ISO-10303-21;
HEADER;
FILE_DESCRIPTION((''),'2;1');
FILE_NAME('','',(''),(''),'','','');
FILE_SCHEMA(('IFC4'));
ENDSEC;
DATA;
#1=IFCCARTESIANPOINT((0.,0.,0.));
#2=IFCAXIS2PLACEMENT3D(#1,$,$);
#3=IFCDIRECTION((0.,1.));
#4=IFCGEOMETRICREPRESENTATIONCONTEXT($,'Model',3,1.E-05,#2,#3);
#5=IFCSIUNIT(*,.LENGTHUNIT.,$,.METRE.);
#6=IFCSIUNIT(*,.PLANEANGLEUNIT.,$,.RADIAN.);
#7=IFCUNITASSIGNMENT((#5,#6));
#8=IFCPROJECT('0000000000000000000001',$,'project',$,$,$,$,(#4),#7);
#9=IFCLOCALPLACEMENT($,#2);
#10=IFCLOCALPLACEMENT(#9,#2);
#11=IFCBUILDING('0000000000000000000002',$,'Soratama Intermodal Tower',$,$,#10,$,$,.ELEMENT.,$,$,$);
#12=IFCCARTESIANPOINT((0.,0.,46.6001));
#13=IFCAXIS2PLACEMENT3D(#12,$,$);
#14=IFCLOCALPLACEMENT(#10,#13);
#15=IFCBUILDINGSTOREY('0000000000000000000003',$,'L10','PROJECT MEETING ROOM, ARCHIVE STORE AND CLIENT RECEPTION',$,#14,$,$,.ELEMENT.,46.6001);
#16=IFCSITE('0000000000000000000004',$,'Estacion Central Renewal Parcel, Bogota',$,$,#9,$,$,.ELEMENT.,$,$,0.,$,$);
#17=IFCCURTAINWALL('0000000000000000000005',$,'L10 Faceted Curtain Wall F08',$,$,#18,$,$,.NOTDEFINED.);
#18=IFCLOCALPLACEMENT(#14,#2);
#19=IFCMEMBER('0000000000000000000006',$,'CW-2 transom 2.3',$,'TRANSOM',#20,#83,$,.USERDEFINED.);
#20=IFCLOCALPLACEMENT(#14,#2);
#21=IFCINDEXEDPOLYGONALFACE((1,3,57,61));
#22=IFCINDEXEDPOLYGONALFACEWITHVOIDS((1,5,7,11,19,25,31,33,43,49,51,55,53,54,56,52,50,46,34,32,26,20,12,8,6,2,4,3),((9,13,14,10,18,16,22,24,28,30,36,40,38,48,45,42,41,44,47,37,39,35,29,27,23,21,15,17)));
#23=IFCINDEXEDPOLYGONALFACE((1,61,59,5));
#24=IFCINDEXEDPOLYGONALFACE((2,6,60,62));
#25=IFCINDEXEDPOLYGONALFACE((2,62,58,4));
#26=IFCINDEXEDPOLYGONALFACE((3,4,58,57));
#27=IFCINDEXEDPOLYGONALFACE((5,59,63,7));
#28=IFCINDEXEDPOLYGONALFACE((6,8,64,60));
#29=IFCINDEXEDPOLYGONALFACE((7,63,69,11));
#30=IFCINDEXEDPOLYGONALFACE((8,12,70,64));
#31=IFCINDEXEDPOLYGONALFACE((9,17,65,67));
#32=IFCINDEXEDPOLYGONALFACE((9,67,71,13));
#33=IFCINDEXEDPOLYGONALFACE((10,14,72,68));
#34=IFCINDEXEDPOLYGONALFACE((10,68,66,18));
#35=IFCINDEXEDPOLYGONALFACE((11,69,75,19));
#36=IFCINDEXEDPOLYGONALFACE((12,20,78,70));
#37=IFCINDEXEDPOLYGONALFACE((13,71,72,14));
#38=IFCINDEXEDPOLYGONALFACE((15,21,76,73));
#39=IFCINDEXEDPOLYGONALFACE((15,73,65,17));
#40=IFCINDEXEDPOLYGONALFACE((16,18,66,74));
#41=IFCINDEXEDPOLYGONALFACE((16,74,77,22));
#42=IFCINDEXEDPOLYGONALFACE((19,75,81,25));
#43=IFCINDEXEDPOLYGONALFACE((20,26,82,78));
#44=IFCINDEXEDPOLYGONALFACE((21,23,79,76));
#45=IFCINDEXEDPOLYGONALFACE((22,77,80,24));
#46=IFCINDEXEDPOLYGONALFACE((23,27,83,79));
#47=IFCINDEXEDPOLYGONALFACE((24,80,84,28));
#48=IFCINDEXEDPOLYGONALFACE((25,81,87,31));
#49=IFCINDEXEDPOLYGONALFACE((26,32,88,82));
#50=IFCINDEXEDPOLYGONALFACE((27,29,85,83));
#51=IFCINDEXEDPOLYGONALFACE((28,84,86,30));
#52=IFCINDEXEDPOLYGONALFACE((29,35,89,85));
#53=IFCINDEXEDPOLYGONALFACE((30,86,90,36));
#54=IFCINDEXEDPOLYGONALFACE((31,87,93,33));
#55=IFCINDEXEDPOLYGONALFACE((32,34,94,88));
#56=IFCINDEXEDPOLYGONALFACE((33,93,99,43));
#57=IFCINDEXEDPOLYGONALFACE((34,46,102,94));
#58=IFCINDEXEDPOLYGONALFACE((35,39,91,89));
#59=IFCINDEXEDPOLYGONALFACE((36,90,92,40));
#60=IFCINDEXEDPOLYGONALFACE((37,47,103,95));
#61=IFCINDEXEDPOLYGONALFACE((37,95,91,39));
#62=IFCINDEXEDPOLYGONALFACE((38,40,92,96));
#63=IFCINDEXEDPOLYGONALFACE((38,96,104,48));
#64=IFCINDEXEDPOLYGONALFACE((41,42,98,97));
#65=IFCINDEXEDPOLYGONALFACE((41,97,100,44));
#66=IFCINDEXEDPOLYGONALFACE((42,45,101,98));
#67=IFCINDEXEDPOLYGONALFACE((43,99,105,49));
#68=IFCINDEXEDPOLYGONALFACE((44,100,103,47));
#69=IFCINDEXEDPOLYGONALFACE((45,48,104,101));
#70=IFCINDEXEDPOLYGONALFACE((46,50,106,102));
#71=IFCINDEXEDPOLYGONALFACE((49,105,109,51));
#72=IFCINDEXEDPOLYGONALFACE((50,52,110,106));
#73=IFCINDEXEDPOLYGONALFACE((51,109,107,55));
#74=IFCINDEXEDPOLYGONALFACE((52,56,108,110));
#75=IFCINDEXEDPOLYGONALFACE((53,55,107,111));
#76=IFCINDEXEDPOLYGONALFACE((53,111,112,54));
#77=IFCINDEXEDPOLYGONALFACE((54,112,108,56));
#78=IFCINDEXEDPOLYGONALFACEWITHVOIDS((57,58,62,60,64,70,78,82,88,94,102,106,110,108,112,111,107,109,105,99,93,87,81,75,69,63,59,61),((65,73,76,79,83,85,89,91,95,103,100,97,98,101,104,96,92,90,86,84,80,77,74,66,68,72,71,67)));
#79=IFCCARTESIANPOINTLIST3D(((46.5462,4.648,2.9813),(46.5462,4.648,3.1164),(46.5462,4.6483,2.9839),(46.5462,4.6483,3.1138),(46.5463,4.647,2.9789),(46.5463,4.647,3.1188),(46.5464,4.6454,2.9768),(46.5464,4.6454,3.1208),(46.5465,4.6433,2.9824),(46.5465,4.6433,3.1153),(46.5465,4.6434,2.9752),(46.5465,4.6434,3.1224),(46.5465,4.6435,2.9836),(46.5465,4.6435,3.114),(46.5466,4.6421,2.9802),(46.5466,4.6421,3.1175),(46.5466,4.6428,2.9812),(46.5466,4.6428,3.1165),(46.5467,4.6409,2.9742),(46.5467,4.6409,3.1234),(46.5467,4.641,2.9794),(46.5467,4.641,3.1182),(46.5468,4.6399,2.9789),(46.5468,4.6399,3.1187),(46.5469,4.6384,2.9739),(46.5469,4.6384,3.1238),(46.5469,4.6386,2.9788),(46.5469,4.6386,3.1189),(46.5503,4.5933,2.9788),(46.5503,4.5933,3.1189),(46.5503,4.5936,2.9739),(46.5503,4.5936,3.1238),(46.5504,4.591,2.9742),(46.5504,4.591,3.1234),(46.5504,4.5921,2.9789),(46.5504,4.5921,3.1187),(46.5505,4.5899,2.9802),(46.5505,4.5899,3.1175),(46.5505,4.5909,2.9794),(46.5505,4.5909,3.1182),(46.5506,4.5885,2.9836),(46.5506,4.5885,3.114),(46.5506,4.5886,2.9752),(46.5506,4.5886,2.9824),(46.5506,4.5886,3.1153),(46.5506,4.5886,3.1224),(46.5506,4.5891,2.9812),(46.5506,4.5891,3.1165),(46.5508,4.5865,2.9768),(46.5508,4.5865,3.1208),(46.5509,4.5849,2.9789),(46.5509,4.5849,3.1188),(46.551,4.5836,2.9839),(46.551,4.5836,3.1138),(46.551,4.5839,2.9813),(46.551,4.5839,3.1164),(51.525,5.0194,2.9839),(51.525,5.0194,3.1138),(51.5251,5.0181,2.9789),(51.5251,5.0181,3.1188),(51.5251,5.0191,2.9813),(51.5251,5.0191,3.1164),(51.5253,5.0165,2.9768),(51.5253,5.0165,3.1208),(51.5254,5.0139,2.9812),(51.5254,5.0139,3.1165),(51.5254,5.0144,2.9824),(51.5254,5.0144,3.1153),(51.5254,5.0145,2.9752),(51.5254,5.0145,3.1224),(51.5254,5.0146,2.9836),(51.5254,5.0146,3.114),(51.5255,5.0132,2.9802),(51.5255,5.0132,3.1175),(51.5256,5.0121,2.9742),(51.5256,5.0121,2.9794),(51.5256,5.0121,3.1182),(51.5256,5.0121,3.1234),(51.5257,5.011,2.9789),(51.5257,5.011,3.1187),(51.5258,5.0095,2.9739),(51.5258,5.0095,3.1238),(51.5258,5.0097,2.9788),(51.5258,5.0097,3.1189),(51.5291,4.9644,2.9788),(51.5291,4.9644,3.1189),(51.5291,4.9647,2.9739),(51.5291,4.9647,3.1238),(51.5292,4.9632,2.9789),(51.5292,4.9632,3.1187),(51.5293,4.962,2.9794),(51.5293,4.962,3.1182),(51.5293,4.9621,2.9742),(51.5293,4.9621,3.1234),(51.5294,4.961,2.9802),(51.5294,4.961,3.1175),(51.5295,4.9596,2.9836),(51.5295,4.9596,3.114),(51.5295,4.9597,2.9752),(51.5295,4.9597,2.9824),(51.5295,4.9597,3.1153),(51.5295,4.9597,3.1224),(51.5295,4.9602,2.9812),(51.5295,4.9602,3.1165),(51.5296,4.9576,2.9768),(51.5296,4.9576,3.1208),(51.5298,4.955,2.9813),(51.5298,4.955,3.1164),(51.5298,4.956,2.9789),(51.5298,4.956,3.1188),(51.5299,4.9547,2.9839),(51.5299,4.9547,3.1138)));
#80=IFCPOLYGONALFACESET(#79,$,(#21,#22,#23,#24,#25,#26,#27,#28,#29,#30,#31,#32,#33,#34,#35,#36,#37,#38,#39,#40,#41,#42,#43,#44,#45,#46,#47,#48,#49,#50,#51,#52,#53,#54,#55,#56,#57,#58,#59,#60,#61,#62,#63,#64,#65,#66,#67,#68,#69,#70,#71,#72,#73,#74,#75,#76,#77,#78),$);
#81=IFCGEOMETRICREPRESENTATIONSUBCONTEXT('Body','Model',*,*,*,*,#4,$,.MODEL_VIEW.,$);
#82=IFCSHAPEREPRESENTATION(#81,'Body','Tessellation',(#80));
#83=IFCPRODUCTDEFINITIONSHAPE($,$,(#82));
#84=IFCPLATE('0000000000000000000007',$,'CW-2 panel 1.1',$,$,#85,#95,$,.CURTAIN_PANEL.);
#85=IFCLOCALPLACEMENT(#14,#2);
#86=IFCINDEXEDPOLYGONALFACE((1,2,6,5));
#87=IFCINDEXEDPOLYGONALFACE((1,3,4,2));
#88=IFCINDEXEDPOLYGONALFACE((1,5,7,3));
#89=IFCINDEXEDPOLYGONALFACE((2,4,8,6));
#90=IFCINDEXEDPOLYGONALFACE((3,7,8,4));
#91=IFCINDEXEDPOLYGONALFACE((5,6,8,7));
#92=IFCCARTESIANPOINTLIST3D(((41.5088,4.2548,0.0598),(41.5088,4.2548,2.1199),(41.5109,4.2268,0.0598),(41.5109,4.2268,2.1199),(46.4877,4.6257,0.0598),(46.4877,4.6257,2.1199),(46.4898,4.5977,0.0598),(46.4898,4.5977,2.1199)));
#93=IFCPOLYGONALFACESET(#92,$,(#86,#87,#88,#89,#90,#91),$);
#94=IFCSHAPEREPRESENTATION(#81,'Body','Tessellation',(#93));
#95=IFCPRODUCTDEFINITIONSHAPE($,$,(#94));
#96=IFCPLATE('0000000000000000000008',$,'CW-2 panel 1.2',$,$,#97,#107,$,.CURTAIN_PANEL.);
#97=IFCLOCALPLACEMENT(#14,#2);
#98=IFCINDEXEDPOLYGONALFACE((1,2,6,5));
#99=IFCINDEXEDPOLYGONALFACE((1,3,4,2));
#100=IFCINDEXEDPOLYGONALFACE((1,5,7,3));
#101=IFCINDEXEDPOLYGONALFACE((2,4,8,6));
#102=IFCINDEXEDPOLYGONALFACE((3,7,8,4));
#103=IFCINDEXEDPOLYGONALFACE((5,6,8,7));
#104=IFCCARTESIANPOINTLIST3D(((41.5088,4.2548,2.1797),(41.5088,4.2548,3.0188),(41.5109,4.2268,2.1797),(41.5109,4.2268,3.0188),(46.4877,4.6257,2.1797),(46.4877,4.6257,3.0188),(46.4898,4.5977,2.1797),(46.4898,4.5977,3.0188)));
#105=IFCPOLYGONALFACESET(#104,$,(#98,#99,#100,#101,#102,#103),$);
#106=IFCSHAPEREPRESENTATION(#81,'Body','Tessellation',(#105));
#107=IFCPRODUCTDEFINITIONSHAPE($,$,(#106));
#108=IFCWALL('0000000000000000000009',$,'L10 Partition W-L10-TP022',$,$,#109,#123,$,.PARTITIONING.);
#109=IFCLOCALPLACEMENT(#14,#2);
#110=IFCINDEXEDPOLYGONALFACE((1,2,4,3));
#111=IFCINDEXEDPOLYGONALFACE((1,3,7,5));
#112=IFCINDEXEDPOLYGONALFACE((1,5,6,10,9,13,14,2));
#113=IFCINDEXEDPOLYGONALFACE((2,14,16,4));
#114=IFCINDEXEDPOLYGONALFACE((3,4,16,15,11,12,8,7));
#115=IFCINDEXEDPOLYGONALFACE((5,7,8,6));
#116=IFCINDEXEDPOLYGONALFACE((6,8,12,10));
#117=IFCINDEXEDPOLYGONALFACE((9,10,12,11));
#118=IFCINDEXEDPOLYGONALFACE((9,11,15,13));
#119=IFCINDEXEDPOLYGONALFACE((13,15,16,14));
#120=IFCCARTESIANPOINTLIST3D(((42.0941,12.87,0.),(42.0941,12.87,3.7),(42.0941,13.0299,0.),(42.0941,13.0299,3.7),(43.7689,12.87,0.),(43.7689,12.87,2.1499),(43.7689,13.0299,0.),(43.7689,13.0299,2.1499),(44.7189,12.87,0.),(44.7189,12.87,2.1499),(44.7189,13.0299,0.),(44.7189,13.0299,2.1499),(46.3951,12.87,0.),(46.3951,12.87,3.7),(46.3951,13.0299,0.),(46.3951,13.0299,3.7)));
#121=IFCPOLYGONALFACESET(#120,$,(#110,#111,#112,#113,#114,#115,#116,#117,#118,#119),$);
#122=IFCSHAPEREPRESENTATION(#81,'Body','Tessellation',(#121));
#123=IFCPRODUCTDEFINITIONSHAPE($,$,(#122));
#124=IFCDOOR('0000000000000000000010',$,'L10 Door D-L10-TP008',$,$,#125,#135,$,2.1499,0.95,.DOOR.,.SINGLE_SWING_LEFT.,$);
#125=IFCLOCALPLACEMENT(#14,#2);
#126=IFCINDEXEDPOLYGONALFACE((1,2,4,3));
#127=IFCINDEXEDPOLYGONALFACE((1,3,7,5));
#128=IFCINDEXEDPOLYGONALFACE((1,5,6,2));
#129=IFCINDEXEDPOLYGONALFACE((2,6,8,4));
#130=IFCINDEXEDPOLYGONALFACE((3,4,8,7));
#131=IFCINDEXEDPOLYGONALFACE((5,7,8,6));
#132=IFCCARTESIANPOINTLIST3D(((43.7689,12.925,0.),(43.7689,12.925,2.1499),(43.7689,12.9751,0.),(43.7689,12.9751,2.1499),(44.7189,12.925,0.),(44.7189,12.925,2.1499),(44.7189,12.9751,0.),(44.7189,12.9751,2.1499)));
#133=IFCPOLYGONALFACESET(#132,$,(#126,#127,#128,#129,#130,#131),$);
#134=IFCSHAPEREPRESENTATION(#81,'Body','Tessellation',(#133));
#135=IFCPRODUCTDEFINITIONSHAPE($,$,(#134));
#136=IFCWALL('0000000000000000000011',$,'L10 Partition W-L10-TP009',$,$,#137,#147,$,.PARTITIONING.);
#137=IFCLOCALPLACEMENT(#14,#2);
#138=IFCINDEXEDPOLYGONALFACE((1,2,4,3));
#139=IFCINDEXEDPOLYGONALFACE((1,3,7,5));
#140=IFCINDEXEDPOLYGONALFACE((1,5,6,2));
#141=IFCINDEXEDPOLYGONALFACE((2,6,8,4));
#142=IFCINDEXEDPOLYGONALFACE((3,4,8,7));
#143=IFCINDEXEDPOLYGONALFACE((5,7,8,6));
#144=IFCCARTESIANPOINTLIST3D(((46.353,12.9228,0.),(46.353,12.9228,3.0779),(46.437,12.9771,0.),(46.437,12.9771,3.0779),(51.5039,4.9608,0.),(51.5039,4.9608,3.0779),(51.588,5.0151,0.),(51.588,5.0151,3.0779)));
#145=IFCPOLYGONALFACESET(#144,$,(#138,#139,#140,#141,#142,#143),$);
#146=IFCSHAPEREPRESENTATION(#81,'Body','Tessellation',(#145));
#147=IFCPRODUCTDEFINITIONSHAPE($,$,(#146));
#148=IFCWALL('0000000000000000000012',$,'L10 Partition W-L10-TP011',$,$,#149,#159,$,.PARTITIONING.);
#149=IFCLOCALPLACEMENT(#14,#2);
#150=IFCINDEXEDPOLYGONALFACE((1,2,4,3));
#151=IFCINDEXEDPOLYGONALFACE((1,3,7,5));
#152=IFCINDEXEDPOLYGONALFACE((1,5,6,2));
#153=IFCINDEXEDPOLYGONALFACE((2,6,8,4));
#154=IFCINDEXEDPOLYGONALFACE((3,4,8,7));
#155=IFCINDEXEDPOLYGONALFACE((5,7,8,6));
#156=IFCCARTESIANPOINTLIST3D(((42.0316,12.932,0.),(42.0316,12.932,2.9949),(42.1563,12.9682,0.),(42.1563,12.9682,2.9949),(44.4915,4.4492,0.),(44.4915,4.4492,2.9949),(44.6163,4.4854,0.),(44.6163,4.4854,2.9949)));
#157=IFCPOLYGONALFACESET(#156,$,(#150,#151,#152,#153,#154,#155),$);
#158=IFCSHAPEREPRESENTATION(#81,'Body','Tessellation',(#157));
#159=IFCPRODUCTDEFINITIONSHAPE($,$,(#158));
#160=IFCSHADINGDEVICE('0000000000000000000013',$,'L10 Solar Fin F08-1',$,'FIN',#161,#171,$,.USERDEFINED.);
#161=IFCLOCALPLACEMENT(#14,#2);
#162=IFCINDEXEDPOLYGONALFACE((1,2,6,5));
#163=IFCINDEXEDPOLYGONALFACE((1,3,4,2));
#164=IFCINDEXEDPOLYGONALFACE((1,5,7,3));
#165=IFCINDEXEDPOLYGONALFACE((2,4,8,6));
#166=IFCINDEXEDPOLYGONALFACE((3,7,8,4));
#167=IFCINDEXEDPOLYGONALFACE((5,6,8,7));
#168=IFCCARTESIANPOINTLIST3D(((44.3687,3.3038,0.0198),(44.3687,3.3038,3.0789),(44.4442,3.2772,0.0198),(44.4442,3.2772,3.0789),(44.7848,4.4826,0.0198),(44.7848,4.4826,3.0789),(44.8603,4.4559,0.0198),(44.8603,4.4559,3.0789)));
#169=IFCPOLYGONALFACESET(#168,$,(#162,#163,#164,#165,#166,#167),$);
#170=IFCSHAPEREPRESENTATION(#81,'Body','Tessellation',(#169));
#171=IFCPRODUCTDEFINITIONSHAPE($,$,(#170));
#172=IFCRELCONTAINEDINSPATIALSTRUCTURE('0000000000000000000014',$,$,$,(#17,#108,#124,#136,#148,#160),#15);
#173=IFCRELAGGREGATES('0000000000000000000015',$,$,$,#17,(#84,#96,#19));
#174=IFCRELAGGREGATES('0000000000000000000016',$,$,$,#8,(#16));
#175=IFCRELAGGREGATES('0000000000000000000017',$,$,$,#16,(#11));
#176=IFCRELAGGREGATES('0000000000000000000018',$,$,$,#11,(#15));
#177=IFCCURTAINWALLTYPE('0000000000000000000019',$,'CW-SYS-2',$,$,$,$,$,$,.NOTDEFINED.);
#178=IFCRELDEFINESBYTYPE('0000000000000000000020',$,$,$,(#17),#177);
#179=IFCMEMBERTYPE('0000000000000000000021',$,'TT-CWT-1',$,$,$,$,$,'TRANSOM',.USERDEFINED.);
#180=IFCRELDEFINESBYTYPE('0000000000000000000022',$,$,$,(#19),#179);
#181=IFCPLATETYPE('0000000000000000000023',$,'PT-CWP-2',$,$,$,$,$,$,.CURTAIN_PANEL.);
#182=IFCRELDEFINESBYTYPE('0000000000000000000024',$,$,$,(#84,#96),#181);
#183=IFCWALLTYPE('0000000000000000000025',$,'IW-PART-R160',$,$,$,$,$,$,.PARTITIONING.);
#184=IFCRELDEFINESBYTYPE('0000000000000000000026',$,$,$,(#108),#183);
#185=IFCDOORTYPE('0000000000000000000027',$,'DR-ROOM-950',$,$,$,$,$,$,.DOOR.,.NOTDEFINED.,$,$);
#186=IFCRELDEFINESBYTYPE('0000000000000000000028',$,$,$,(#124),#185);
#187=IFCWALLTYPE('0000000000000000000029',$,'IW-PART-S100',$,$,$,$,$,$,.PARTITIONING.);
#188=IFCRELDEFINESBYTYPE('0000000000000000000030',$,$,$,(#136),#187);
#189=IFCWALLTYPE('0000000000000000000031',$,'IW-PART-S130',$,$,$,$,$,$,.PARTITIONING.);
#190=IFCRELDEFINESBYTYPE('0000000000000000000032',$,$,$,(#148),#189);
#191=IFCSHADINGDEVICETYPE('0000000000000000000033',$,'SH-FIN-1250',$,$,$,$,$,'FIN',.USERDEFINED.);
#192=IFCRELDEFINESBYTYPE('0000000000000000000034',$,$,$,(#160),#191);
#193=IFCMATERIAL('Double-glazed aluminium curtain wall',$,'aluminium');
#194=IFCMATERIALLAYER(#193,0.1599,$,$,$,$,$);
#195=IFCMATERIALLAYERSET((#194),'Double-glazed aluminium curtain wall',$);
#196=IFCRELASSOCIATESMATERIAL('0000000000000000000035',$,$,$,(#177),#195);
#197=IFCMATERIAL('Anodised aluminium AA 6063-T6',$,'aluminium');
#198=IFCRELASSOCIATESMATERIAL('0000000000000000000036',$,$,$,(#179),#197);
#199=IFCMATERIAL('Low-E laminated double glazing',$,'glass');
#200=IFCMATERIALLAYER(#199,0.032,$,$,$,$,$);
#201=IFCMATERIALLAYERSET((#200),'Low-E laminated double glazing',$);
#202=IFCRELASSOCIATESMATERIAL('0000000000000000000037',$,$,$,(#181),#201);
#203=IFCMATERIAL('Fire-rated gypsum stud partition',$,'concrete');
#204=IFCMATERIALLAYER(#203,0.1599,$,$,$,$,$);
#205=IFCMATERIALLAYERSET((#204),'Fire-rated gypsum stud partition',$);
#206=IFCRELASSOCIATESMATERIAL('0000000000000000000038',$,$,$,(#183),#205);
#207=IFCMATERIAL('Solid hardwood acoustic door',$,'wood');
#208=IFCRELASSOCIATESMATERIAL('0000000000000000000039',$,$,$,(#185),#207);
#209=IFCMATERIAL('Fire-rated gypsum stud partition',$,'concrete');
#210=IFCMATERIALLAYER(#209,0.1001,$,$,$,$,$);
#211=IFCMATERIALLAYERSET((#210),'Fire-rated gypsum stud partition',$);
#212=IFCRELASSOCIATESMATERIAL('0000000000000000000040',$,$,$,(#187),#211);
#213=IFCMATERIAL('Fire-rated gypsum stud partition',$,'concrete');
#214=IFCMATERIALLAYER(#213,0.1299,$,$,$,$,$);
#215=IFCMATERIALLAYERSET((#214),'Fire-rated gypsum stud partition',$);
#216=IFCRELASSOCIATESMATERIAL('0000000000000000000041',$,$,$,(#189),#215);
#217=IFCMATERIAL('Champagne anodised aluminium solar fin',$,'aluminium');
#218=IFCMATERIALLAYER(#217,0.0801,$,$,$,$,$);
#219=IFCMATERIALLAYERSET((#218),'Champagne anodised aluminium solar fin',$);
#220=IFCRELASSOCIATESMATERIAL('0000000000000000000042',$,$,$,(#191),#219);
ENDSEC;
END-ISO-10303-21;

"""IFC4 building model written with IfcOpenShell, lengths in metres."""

from ifc_helpers import new_model, si_unit, direction, frame, frame_2d, origin, origin_2d, place, context, subcontext, project, spatial, rectangle, hollow_rectangle, extrude, material, layer, layer_set, material_profile, profile_set, type_object, element, fill, aggregate, save


model = new_model("IFC4")

# Units and contexts
model_context = context("Model", 3, precision=1e-05, world=origin(), true_north=direction((0.0, 1.0)))
body_context = subcontext(model_context, "Body", "Model", "MODEL_VIEW")
ifc_project = project(units=[si_unit("LENGTHUNIT", "METRE"), si_unit("PLANEANGLEUNIT", "RADIAN")], contexts=[model_context])

# Site, building, storey
site_placement = place(None, origin())
site = spatial("IfcSite", under=ifc_project, at=site_placement, Name="Estacion Central Renewal Parcel, Bogota", CompositionType="ELEMENT", RefElevation=0.0)
building_placement = place(site_placement, origin())
building = spatial("IfcBuilding", under=site, at=building_placement, Name="Soratama Intermodal Tower", CompositionType="ELEMENT")
storey_placement = place(building_placement, frame((0.0, 0.0, 46.6001)))
storey = spatial("IfcBuildingStorey", under=building, at=storey_placement, Name="L10", Description="PROJECT MEETING ROOM, ARCHIVE STORE AND CLIENT RECEPTION", CompositionType="ELEMENT", Elevation=46.6001)

# Curtain wall, member, plates
ifc_material_1 = material(Name="Double-glazed aluminium curtain wall", Category="aluminium")
ifc_layer_1 = layer(ifc_material_1, 0.1599)
ifc_layer_set_1 = layer_set([ifc_layer_1], Name="Double-glazed aluminium curtain wall")
curtain_wall_type = type_object("IfcCurtainWallType", Name="CW-SYS-2", PredefinedType="NOTDEFINED", material=ifc_layer_set_1)
curtain_wall_placement = place(storey_placement, origin())
curtain_wall = element("IfcCurtainWall", 1, at=curtain_wall_placement, inside=storey, type_object=curtain_wall_type, Name="L10 Faceted Curtain Wall F08", PredefinedType="NOTDEFINED")
ifc_material_2 = material(Name="Anodised aluminium AA 6063-T6", Category="aluminium")
ifc_material_profile_1 = material_profile(ifc_material_2, hollow_rectangle(XDim=0.0649, YDim=0.1499, WallThickness=0.0049, InnerFilletRadius=0.0049, OuterFilletRadius=0.01, at=origin_2d()), Name="CWT150X65X5")
ifc_profile_set_1 = profile_set([ifc_material_profile_1], Name="Anodised aluminium AA 6063-T6")
member_type_1 = type_object("IfcMemberType", Name="TT-CWT-1", ElementType="TRANSOM", PredefinedType="USERDEFINED", material=ifc_profile_set_1)
member_1_placement = place(storey_placement, frame((46.5486, 4.616, 3.0488), z_axis=(0.997234, 0.074329, 0.0), x_axis=(-0.074329, 0.997234, 0.0)))
member_1 = element("IfcMember", 2, at=member_1_placement, type_object=member_type_1, Name="CW-2 transom 2.3", ObjectType="TRANSOM", PredefinedType="USERDEFINED", context=body_context, shape_type="SweptSolid", body=[
    extrude(hollow_rectangle(XDim=0.0649, YDim=0.1499, WallThickness=0.0049, InnerFilletRadius=0.0049, OuterFilletRadius=0.01, at=origin_2d()), origin(), (0.0, 0.0, 1.0), 4.9927),
])
ifc_material_3 = material(Name="Low-E laminated double glazing", Category="glass")
ifc_layer_2 = layer(ifc_material_3, 0.032)
ifc_layer_set_2 = layer_set([ifc_layer_2], Name="Low-E laminated double glazing")
plate_type = type_object("IfcPlateType", Name="PT-CWP-2", PredefinedType="CURTAIN_PANEL", material=ifc_layer_set_2)
plate_1_placement = place(storey_placement, frame((43.9993, 4.4263, 0.0598), z_axis=(0.0, 0.0, 1.0), x_axis=(0.997237, 0.074283, 0.0)))
plate_1 = element("IfcPlate", 3, at=plate_1_placement, type_object=plate_type, Name="CW-2 panel 1.1", PredefinedType="CURTAIN_PANEL", context=body_context, shape_type="SweptSolid", body=[
    extrude(rectangle(XDim=4.9927, YDim=0.0281, at=origin_2d()), origin(), (0.0, 0.0, 1.0), 2.0601),
])
plate_2_placement = place(storey_placement, frame((43.9993, 4.4263, 2.1797), z_axis=(0.0, 0.0, 1.0), x_axis=(0.997237, 0.074283, 0.0)))
plate_2 = element("IfcPlate", 4, at=plate_2_placement, type_object=plate_type, Name="CW-2 panel 1.2", PredefinedType="CURTAIN_PANEL", context=body_context, shape_type="SweptSolid", body=[
    extrude(rectangle(XDim=4.9927, YDim=0.0281, at=origin_2d()), origin(), (0.0, 0.0, 1.0), 0.8391),
])
aggregate(curtain_wall, [plate_1, plate_2, member_1])

# Wall, opening, door
ifc_material_4 = material(Name="Fire-rated gypsum stud partition", Category="concrete")
ifc_layer_3 = layer(ifc_material_4, 0.1599)
ifc_layer_set_3 = layer_set([ifc_layer_3], Name="Fire-rated gypsum stud partition")
wall_type_1 = type_object("IfcWallType", Name="IW-PART-R160", PredefinedType="PARTITIONING", material=ifc_layer_set_3)
wall_1_placement = place(storey_placement, frame((46.395, 12.95, 0.0), z_axis=(0.0, 0.0, 1.0), x_axis=(-1.0, 0.0, 0.0)))
wall_1 = element("IfcWall", 5, at=wall_1_placement, inside=storey, type_object=wall_type_1, Name="L10 Partition W-L10-TP022", PredefinedType="PARTITIONING", context=body_context, shape_type="SweptSolid", body=[
    extrude(rectangle(XDim=4.301, YDim=0.1599, at=frame_2d((2.1504, 0.0))), origin(), (0.0, 0.0, 1.0), 3.7),
])
opening_1_placement = place(wall_1_placement, frame((1.676, 0.0, 0.0)))
opening_1 = element("IfcOpeningElement", 6, at=opening_1_placement, cuts=wall_1, PredefinedType="OPENING", context=body_context, shape_type="SweptSolid", body=[
    extrude(rectangle(XDim=0.95, YDim=2.1499, at=frame_2d((0.4751, 1.075))), frame((0.0, 0.0898, 0.0), z_axis=(0.0, -1.0, 0.0), x_axis=(1.0, 0.0, 0.0)), (0.0, 0.0, 1.0), 0.1799),
])
ifc_material_5 = material(Name="Solid hardwood acoustic door", Category="wood")
door_type = type_object("IfcDoorType", Name="DR-ROOM-950", OperationType="NOTDEFINED", PredefinedType="DOOR", material=ifc_material_5)
door_1_placement = place(opening_1_placement, origin())
door_1 = element("IfcDoor", 7, at=door_1_placement, inside=storey, type_object=door_type, Name="L10 Door D-L10-TP008", OperationType="SINGLE_SWING_LEFT", OverallHeight=2.1499, OverallWidth=0.95, PredefinedType="DOOR", context=body_context, shape_type="SweptSolid", body=[
    extrude(rectangle(XDim=0.95, YDim=2.1499, at=frame_2d((0.4751, 1.075))), frame((0.0, 0.0249, 0.0), z_axis=(0.0, -1.0, 0.0), x_axis=(1.0, 0.0, 0.0)), (0.0, 0.0, 1.0), 0.05),
])
fill(opening_1, door_1)

# Walls
ifc_material_6 = material(Name="Fire-rated gypsum stud partition", Category="concrete")
ifc_layer_4 = layer(ifc_material_6, 0.1001)
ifc_layer_set_4 = layer_set([ifc_layer_4], Name="Fire-rated gypsum stud partition")
wall_type_2 = type_object("IfcWallType", Name="IW-PART-S100", PredefinedType="PARTITIONING", material=ifc_layer_set_4)
wall_2_placement = place(storey_placement, frame((46.395, 12.95, 0.0), z_axis=(0.0, 0.0, 1.0), x_axis=(0.543181, -0.839616, 0.0)))
element("IfcWall", 8, at=wall_2_placement, inside=storey, type_object=wall_type_2, Name="L10 Partition W-L10-TP009", PredefinedType="PARTITIONING", context=body_context, shape_type="SweptSolid", body=[
    extrude(rectangle(XDim=9.4829, YDim=0.1001, at=frame_2d((4.7415, 0.0))), origin(), (0.0, 0.0, 1.0), 3.0779),
])
ifc_material_7 = material(Name="Fire-rated gypsum stud partition", Category="concrete")
ifc_layer_5 = layer(ifc_material_7, 0.1299)
ifc_layer_set_5 = layer_set([ifc_layer_5], Name="Fire-rated gypsum stud partition")
wall_type_3 = type_object("IfcWallType", Name="IW-PART-S130", PredefinedType="PARTITIONING", material=ifc_layer_set_5)
wall_3_placement = place(storey_placement, frame((42.094, 12.95, 0.0), z_axis=(0.0, 0.0, 1.0), x_axis=(0.278516, -0.960432, 0.0)))
element("IfcWall", 9, at=wall_3_placement, inside=storey, type_object=wall_type_3, Name="L10 Partition W-L10-TP011", PredefinedType="PARTITIONING", context=body_context, shape_type="SweptSolid", body=[
    extrude(rectangle(XDim=8.8323, YDim=0.1299, at=frame_2d((4.416, 0.0))), origin(), (0.0, 0.0, 1.0), 2.9949),
])

# Shading device
ifc_material_8 = material(Name="Champagne anodised aluminium solar fin", Category="aluminium")
ifc_layer_6 = layer(ifc_material_8, 0.0801)
ifc_layer_set_6 = layer_set([ifc_layer_6], Name="Champagne anodised aluminium solar fin")
shading_device_type = type_object("IfcShadingDeviceType", Name="SH-FIN-1250", ElementType="FIN", PredefinedType="USERDEFINED", material=ifc_layer_set_6)
shading_device_placement = place(storey_placement, frame((44.6145, 3.8799, 0.0198), z_axis=(0.0, 0.0, 1.0), x_axis=(-0.33282, -0.942991, 0.0)))
element("IfcShadingDevice", 10, at=shading_device_placement, inside=storey, type_object=shading_device_type, Name="L10 Solar Fin F08-1", ObjectType="FIN", PredefinedType="USERDEFINED", context=body_context, shape_type="SweptSolid", body=[
    extrude(rectangle(XDim=1.25, YDim=0.0801, at=origin_2d()), origin(), (0.0, 0.0, 1.0), 3.0591),
])

save(model, "model.ifc")
